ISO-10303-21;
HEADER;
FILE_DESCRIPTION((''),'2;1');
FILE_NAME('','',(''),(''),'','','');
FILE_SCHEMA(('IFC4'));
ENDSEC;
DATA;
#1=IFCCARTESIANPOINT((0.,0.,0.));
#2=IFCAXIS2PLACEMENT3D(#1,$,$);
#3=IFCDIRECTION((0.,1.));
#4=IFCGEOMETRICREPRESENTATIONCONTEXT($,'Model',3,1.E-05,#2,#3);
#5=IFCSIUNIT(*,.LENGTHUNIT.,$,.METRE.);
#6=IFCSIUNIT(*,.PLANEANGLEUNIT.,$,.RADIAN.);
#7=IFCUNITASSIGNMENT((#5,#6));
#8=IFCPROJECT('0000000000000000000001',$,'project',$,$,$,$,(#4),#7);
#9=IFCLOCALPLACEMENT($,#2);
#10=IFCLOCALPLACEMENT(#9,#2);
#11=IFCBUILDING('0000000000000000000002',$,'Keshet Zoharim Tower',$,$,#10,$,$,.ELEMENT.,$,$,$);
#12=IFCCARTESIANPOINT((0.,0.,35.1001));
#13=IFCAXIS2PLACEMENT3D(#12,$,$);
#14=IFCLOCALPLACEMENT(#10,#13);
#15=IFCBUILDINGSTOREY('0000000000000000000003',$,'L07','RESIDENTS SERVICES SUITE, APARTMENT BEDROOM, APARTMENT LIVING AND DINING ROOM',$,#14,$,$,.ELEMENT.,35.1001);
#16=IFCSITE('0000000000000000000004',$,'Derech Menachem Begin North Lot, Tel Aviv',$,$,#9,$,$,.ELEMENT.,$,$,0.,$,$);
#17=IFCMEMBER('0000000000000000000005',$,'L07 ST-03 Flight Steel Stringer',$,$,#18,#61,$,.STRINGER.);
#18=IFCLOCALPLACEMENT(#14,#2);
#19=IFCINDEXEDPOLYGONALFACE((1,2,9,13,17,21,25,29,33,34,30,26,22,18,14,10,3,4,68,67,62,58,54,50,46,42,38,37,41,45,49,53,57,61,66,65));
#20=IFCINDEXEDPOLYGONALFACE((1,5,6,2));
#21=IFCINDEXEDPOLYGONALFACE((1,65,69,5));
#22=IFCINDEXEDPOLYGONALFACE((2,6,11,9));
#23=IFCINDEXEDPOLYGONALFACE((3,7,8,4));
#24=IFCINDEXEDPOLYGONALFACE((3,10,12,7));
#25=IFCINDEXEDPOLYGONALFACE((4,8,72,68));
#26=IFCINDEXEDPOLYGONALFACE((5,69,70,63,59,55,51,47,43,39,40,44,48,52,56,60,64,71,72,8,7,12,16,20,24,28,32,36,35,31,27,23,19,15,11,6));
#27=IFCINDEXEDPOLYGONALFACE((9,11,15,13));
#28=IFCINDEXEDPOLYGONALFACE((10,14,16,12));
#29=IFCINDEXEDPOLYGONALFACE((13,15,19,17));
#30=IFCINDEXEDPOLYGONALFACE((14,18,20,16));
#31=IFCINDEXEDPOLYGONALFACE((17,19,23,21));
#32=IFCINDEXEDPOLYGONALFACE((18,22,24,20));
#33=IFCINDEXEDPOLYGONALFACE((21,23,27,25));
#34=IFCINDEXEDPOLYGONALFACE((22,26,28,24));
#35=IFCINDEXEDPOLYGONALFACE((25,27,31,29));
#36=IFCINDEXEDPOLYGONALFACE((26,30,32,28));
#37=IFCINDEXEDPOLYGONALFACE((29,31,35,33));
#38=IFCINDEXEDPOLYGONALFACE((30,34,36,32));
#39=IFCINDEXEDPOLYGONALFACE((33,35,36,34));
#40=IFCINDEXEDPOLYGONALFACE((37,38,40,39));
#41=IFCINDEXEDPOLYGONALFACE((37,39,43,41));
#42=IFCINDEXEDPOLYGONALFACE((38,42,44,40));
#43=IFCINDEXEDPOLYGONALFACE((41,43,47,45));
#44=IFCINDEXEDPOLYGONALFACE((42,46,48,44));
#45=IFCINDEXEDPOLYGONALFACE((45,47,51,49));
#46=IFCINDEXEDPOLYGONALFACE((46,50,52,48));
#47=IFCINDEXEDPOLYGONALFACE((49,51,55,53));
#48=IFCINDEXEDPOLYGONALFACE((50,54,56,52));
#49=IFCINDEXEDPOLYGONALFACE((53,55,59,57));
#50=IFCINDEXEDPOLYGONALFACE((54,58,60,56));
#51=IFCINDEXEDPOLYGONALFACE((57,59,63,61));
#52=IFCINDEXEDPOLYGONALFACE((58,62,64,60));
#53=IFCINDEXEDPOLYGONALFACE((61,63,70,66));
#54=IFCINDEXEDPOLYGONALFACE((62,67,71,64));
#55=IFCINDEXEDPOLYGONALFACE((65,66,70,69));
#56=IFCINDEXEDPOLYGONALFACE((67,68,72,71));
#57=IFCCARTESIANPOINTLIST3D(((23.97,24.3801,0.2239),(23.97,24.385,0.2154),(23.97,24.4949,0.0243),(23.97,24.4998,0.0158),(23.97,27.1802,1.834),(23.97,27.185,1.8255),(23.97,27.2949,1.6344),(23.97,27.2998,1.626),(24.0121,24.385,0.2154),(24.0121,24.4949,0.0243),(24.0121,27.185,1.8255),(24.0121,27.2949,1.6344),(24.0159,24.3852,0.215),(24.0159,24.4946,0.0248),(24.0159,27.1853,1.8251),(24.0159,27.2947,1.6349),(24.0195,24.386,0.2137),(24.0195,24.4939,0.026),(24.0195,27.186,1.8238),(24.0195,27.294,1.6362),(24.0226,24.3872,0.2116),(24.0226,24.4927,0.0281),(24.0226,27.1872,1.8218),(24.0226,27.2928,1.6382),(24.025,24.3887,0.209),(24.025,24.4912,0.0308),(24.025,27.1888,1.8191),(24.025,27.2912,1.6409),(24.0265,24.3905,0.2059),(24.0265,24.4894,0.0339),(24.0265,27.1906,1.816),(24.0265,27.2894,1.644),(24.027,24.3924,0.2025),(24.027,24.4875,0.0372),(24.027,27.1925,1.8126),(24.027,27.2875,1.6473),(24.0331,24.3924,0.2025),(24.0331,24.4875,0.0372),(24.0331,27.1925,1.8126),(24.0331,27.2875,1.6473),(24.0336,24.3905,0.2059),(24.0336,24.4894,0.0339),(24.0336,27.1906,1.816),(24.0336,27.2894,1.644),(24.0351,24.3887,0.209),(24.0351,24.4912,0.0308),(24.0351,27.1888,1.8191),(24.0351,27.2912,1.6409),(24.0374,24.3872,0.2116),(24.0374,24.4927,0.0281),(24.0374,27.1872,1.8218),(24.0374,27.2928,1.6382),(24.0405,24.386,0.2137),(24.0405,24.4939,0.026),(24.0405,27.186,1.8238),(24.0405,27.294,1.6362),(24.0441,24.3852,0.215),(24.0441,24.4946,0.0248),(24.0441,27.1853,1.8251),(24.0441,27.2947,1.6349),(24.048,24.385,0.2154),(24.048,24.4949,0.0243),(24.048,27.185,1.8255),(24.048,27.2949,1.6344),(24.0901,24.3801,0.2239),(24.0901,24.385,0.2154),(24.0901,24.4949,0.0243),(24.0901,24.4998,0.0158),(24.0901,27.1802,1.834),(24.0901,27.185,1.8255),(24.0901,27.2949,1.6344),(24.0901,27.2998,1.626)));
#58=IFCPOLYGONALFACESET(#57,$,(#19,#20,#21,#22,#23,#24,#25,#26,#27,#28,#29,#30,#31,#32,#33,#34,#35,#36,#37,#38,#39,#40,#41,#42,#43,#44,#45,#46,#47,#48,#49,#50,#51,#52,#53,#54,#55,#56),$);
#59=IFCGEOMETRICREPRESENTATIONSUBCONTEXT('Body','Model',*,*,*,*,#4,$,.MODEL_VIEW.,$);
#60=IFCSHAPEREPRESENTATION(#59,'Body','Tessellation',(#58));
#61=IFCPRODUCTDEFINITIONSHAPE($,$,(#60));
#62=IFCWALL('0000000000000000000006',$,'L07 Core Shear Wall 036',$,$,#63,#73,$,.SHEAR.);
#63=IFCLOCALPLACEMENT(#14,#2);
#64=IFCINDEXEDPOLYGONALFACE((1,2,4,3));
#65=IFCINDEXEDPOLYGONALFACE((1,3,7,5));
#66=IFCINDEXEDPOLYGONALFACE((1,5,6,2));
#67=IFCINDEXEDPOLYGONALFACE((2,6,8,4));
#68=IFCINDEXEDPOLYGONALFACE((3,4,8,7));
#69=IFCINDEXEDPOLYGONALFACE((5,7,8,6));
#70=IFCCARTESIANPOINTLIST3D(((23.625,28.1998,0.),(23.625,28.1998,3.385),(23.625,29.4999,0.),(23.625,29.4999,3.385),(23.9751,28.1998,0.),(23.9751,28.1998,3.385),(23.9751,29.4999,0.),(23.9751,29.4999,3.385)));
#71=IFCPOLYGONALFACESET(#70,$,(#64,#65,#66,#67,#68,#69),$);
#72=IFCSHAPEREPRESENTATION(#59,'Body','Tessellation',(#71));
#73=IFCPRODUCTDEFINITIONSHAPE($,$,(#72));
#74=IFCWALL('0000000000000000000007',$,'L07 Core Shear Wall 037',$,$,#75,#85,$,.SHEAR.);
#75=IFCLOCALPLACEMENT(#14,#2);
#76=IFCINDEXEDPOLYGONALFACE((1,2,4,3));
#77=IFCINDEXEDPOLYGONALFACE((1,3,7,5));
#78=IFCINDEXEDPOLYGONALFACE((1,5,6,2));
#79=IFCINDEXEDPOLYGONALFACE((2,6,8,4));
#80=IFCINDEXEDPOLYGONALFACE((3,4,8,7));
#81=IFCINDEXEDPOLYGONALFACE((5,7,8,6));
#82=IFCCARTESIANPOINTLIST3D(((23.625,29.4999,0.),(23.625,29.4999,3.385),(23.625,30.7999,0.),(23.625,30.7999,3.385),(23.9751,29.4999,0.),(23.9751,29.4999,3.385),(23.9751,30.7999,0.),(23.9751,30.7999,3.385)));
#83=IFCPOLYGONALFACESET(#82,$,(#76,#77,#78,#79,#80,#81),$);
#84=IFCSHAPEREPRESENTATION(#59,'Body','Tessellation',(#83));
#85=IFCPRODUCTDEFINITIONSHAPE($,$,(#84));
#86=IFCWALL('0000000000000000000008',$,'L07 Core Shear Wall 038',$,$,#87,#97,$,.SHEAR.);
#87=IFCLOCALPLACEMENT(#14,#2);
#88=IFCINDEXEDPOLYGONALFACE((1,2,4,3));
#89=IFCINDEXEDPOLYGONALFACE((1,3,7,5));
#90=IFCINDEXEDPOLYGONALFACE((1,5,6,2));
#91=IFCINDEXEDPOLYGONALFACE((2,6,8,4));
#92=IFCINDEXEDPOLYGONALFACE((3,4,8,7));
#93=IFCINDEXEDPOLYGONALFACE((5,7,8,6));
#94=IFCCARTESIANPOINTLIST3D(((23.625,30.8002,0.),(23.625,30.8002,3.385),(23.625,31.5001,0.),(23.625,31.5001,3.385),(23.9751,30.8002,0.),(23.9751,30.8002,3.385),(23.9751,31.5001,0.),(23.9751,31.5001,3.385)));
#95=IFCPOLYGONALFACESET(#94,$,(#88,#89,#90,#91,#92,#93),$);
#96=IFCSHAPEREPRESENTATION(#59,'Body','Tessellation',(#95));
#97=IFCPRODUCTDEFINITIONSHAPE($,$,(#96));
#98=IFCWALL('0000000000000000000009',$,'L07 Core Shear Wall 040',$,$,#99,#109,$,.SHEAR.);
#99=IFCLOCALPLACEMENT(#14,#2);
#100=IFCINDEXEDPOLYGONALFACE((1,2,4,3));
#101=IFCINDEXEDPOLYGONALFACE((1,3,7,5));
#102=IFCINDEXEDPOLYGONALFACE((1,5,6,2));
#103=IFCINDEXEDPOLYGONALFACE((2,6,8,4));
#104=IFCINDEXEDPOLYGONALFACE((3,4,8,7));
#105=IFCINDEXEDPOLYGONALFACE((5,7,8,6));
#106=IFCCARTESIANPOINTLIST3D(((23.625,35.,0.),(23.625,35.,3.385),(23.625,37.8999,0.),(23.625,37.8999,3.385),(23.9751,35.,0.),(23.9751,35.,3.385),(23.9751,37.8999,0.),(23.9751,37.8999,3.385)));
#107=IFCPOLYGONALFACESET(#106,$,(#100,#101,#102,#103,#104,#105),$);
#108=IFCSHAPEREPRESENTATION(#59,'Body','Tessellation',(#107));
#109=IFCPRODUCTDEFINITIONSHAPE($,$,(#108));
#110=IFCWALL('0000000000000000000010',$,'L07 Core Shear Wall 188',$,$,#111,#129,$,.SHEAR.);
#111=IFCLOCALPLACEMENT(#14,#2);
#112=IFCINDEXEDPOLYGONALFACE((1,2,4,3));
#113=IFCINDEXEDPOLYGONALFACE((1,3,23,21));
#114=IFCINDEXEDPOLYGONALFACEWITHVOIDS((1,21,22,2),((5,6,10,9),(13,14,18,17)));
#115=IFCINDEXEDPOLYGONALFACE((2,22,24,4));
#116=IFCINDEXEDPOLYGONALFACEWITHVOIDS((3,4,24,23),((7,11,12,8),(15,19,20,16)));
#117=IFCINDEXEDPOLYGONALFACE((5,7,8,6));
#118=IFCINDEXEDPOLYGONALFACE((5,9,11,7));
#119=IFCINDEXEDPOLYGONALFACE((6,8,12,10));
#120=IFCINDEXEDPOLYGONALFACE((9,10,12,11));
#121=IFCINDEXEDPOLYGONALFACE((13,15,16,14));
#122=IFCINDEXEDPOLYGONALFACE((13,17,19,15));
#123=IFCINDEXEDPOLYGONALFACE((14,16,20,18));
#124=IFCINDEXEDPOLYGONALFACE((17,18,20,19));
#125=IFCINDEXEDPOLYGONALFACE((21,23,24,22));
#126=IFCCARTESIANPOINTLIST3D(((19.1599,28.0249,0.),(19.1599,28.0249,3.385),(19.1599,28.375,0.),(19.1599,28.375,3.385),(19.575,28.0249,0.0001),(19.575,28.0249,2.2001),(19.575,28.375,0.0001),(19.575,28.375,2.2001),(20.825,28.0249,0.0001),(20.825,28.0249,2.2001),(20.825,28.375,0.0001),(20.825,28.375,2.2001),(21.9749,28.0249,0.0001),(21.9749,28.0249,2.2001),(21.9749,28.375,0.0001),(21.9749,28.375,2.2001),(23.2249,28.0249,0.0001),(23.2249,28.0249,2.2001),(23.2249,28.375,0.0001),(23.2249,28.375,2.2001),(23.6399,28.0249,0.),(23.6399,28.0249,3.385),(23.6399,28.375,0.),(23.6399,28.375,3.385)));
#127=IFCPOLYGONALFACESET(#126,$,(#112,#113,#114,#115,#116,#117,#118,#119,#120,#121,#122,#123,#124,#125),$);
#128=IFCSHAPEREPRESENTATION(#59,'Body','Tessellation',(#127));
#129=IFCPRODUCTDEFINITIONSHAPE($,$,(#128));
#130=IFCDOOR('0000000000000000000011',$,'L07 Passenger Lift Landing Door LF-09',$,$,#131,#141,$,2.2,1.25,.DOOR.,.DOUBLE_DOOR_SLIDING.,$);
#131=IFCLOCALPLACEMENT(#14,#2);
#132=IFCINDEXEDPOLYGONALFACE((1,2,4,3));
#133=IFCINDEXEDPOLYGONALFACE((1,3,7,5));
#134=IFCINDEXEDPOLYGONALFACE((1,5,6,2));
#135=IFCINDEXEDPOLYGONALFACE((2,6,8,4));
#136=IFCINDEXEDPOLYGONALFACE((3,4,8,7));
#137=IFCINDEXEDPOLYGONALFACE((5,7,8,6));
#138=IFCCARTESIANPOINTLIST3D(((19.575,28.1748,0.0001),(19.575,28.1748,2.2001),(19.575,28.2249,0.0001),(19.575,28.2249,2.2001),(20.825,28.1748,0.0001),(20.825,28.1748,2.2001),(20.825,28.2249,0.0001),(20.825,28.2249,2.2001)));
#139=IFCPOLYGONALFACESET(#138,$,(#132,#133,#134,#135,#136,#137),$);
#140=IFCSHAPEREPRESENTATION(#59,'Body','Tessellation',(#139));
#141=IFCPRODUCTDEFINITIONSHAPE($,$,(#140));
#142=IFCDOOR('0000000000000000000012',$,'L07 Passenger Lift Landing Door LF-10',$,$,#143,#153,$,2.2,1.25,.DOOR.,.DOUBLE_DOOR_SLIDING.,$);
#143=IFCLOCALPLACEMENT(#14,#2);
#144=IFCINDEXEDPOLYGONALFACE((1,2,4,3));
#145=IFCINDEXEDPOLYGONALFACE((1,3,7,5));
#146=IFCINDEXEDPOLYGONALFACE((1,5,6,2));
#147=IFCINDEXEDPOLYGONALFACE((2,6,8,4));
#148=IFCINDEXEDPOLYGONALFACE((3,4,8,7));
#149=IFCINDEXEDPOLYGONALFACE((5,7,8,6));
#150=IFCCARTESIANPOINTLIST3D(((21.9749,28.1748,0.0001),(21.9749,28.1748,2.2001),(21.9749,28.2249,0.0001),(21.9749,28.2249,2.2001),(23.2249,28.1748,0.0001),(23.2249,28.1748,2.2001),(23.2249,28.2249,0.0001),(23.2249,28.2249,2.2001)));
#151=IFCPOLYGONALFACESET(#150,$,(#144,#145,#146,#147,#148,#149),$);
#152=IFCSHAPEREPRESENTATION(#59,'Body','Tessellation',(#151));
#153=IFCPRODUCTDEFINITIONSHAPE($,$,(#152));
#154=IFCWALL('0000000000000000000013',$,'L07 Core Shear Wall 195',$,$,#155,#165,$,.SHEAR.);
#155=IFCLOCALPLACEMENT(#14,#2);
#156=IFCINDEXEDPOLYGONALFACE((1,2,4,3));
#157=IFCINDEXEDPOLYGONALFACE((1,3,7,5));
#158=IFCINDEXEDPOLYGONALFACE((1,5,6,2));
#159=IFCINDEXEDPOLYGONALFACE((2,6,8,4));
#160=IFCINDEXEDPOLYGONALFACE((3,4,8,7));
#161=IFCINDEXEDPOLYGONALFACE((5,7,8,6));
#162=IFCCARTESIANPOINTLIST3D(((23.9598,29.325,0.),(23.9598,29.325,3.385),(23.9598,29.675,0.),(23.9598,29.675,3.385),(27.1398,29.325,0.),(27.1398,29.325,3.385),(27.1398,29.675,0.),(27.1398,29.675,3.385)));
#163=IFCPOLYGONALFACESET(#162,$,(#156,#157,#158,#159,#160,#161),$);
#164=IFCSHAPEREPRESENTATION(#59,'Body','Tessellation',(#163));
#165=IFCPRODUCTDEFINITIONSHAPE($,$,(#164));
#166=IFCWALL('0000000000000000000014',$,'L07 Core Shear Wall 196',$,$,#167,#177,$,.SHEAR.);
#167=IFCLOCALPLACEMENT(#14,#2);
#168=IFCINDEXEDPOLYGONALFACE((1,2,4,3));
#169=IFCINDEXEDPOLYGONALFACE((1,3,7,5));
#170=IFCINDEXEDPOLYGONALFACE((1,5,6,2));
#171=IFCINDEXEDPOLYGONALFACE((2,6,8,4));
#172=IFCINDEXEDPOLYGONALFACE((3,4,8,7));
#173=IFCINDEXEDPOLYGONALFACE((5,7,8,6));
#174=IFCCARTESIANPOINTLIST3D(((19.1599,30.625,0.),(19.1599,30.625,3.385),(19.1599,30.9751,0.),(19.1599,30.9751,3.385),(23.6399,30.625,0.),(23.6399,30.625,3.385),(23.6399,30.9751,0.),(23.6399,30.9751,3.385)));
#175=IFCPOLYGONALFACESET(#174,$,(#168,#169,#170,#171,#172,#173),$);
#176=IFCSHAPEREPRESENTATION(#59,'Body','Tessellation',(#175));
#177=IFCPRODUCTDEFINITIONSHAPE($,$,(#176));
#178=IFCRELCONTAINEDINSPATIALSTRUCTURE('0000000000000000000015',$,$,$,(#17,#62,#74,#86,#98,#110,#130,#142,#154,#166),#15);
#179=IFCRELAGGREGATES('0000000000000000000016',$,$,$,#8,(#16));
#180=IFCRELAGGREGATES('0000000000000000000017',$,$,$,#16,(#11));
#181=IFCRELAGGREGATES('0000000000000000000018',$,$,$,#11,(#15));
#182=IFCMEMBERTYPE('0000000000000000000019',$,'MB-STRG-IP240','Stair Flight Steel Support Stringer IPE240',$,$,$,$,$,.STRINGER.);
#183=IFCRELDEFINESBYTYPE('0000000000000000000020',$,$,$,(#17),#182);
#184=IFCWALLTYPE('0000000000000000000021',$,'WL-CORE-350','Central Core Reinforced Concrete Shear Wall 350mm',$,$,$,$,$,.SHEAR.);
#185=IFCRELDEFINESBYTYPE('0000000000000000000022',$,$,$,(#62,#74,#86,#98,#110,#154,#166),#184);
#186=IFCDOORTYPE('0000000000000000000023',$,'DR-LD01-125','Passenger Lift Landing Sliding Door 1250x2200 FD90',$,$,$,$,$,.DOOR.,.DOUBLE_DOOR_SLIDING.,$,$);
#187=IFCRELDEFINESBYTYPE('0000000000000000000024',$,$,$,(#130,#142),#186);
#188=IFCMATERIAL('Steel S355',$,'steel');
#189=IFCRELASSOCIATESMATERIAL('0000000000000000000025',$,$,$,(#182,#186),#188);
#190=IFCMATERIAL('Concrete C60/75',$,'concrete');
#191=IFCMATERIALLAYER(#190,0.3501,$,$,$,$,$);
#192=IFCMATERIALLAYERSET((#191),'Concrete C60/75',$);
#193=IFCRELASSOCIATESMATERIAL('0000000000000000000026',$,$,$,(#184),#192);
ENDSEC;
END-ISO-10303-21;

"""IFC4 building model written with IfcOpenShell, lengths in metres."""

from ifc_helpers import new_model, si_unit, direction, frame, frame_2d, origin, origin_2d, place, context, subcontext, project, spatial, rectangle, i_section, extrude, material, layer, layer_set, material_profile, profile_set, type_object, element, fill, save


model = new_model("IFC4")

# Units and contexts
model_context = context("Model", 3, precision=1e-05, world=origin(), true_north=direction((0.0, 1.0)))
body_context = subcontext(model_context, "Body", "Model", "MODEL_VIEW")
ifc_project = project(units=[si_unit("LENGTHUNIT", "METRE"), si_unit("PLANEANGLEUNIT", "RADIAN")], contexts=[model_context])

# Site, building, storey
site_placement = place(None, origin())
site = spatial("IfcSite", under=ifc_project, at=site_placement, Name="Derech Menachem Begin North Lot, Tel Aviv", CompositionType="ELEMENT", RefElevation=0.0)
building_placement = place(site_placement, origin())
building = spatial("IfcBuilding", under=site, at=building_placement, Name="Keshet Zoharim Tower", CompositionType="ELEMENT")
storey_placement = place(building_placement, frame((0.0, 0.0, 35.1001)))
storey = spatial("IfcBuildingStorey", under=building, at=storey_placement, Name="L07", Description="RESIDENTS SERVICES SUITE, APARTMENT BEDROOM, APARTMENT LIVING AND DINING ROOM", CompositionType="ELEMENT", Elevation=35.1001)

# Member
ifc_material_1 = material(Name="Steel S355", Category="steel")
ifc_material_profile = material_profile(ifc_material_1, i_section(OverallWidth=0.1201, OverallDepth=0.24, WebThickness=0.0061, FlangeThickness=0.0098, FilletRadius=0.0149, at=origin_2d()), Name="IPE240")
ifc_profile_set = profile_set([ifc_material_profile], Name="Steel S355")
member_type = type_object("IfcMemberType", Name="MB-STRG-IP240", Description="Stair Flight Steel Support Stringer IPE240", PredefinedType="STRINGER", material=ifc_profile_set)
member_placement = place(storey_placement, frame((24.03, 24.4399, 0.1199), z_axis=(0.0, 0.866896, 0.49849), x_axis=(-1.0, 0.0, 0.0)))
element("IfcMember", 1, at=member_placement, inside=storey, type_object=member_type, Name="L07 ST-03 Flight Steel Stringer", PredefinedType="STRINGER", context=body_context, shape_type="SweptSolid", body=[
    extrude(i_section(OverallWidth=0.1201, OverallDepth=0.24, WebThickness=0.0061, FlangeThickness=0.0098, FilletRadius=0.0149, at=origin_2d()), origin(), (0.0, 0.0, 1.0), 3.23),
])

# Walls
ifc_material_2 = material(Name="Concrete C60/75", Category="concrete")
ifc_layer_1 = layer(ifc_material_2, 0.3501)
ifc_layer_set_1 = layer_set([ifc_layer_1], Name="Concrete C60/75")
wall_type_1 = type_object("IfcWallType", Name="WL-CORE-350", Description="Central Core Reinforced Concrete Shear Wall 350mm", PredefinedType="SHEAR", material=ifc_layer_set_1)
for number, where, z_axis, x_axis, name in (
    (2, (23.8, 28.2, 0.0), (0.0, 0.0, 1.0), (0.0, 1.0, 0.0), "L07 Core Shear Wall 036"),
    (3, (23.8, 29.5, 0.0), (0.0, 0.0, 1.0), (0.0, 1.0, 0.0), "L07 Core Shear Wall 037"),
):
    element("IfcWall", number, at=place(storey_placement, frame(where, z_axis=z_axis, x_axis=x_axis)), inside=storey, type_object=wall_type_1, Name=name, PredefinedType="SHEAR", context=body_context, shape_type="SweptSolid", body=[
        extrude(rectangle(XDim=1.3, YDim=0.3501, at=frame_2d((0.6499, 0.0))), origin(), (0.0, 0.0, 1.0), 3.385),
    ])
wall_1_placement = place(storey_placement, frame((23.8, 30.8, 0.0), z_axis=(0.0, 0.0, 1.0), x_axis=(0.0, 1.0, 0.0)))
element("IfcWall", 4, at=wall_1_placement, inside=storey, type_object=wall_type_1, Name="L07 Core Shear Wall 038", PredefinedType="SHEAR", context=body_context, shape_type="SweptSolid", body=[
    extrude(rectangle(XDim=0.7, YDim=0.3501, at=frame_2d((0.3501, 0.0))), origin(), (0.0, 0.0, 1.0), 3.385),
])

# Wall
wall_2_placement = place(storey_placement, frame((23.8, 35.0, 0.0), z_axis=(0.0, 0.0, 1.0), x_axis=(0.0, 1.0, 0.0)))
element("IfcWall", 5, at=wall_2_placement, inside=storey, type_object=wall_type_1, Name="L07 Core Shear Wall 040", PredefinedType="SHEAR", context=body_context, shape_type="SweptSolid", body=[
    extrude(rectangle(XDim=2.8999, YDim=0.3501, at=frame_2d((1.45, 0.0))), origin(), (0.0, 0.0, 1.0), 3.385),
])

# Wall, openings, doors
wall_3_placement = place(storey_placement, frame((19.1599, 28.2, 0.0), z_axis=(0.0, 0.0, 1.0), x_axis=(1.0, 0.0, 0.0)))
wall_3 = element("IfcWall", 6, at=wall_3_placement, inside=storey, type_object=wall_type_1, Name="L07 Core Shear Wall 188", PredefinedType="SHEAR", context=body_context, shape_type="SweptSolid", body=[
    extrude(rectangle(XDim=4.48, YDim=0.3501, at=frame_2d((2.24, 0.0))), origin(), (0.0, 0.0, 1.0), 3.385),
])
opening_1_placement = place(wall_3_placement, frame((0.415, 0.0, 0.0)))
opening_1 = element("IfcOpeningElement", 7, at=opening_1_placement, cuts=wall_3, PredefinedType="OPENING", context=body_context, shape_type="SweptSolid", body=[
    extrude(rectangle(XDim=1.25, YDim=2.2, at=frame_2d((0.625, 1.1001))), frame((0.0, 0.1851, 0.0), z_axis=(0.0, -1.0, 0.0), x_axis=(1.0, 0.0, 0.0)), (0.0, 0.0, 1.0), 0.3701),
])
opening_2_placement = place(wall_3_placement, frame((2.8149, 0.0, 0.0)))
opening_2 = element("IfcOpeningElement", 8, at=opening_2_placement, cuts=wall_3, PredefinedType="OPENING", context=body_context, shape_type="SweptSolid", body=[
    extrude(rectangle(XDim=1.25, YDim=2.2, at=frame_2d((0.625, 1.1001))), frame((0.0, 0.1851, 0.0), z_axis=(0.0, -1.0, 0.0), x_axis=(1.0, 0.0, 0.0)), (0.0, 0.0, 1.0), 0.3701),
])
door_type_1 = type_object("IfcDoorType", Name="DR-LD01-125", Description="Passenger Lift Landing Sliding Door 1250x2200 FD90", OperationType="DOUBLE_DOOR_SLIDING", PredefinedType="DOOR", material=ifc_material_1)
door_1_placement = place(opening_1_placement, origin())
door_1 = element("IfcDoor", 9, at=door_1_placement, inside=storey, type_object=door_type_1, Name="L07 Passenger Lift Landing Door LF-09", OperationType="DOUBLE_DOOR_SLIDING", OverallHeight=2.2, OverallWidth=1.25, PredefinedType="DOOR", context=body_context, shape_type="SweptSolid", body=[
    extrude(rectangle(XDim=1.25, YDim=2.2, at=frame_2d((0.625, 1.1001))), frame((0.0, 0.0249, 0.0), z_axis=(0.0, -1.0, 0.0), x_axis=(1.0, 0.0, 0.0)), (0.0, 0.0, 1.0), 0.05),
])
fill(opening_1, door_1)
door_2_placement = place(opening_2_placement, origin())
door_2 = element("IfcDoor", 10, at=door_2_placement, inside=storey, type_object=door_type_1, Name="L07 Passenger Lift Landing Door LF-10", OperationType="DOUBLE_DOOR_SLIDING", OverallHeight=2.2, OverallWidth=1.25, PredefinedType="DOOR", context=body_context, shape_type="SweptSolid", body=[
    extrude(rectangle(XDim=1.25, YDim=2.2, at=frame_2d((0.625, 1.1001))), frame((0.0, 0.0249, 0.0), z_axis=(0.0, -1.0, 0.0), x_axis=(1.0, 0.0, 0.0)), (0.0, 0.0, 1.0), 0.05),
])
fill(opening_2, door_2)

# Walls
wall_4_placement = place(storey_placement, frame((23.96, 29.5, 0.0), z_axis=(0.0, 0.0, 1.0), x_axis=(1.0, 0.0, 0.0)))
element("IfcWall", 11, at=wall_4_placement, inside=storey, type_object=wall_type_1, Name="L07 Core Shear Wall 195", PredefinedType="SHEAR", context=body_context, shape_type="SweptSolid", body=[
    extrude(rectangle(XDim=3.1799, YDim=0.3501, at=frame_2d((1.5898, 0.0))), origin(), (0.0, 0.0, 1.0), 3.385),
])
wall_5_placement = place(storey_placement, frame((19.1599, 30.8, 0.0), z_axis=(0.0, 0.0, 1.0), x_axis=(1.0, 0.0, 0.0)))
element("IfcWall", 12, at=wall_5_placement, inside=storey, type_object=wall_type_1, Name="L07 Core Shear Wall 196", PredefinedType="SHEAR", context=body_context, shape_type="SweptSolid", body=[
    extrude(rectangle(XDim=4.48, YDim=0.3501, at=frame_2d((2.24, 0.0))), origin(), (0.0, 0.0, 1.0), 3.385),
])

save(model, "model.ifc")
